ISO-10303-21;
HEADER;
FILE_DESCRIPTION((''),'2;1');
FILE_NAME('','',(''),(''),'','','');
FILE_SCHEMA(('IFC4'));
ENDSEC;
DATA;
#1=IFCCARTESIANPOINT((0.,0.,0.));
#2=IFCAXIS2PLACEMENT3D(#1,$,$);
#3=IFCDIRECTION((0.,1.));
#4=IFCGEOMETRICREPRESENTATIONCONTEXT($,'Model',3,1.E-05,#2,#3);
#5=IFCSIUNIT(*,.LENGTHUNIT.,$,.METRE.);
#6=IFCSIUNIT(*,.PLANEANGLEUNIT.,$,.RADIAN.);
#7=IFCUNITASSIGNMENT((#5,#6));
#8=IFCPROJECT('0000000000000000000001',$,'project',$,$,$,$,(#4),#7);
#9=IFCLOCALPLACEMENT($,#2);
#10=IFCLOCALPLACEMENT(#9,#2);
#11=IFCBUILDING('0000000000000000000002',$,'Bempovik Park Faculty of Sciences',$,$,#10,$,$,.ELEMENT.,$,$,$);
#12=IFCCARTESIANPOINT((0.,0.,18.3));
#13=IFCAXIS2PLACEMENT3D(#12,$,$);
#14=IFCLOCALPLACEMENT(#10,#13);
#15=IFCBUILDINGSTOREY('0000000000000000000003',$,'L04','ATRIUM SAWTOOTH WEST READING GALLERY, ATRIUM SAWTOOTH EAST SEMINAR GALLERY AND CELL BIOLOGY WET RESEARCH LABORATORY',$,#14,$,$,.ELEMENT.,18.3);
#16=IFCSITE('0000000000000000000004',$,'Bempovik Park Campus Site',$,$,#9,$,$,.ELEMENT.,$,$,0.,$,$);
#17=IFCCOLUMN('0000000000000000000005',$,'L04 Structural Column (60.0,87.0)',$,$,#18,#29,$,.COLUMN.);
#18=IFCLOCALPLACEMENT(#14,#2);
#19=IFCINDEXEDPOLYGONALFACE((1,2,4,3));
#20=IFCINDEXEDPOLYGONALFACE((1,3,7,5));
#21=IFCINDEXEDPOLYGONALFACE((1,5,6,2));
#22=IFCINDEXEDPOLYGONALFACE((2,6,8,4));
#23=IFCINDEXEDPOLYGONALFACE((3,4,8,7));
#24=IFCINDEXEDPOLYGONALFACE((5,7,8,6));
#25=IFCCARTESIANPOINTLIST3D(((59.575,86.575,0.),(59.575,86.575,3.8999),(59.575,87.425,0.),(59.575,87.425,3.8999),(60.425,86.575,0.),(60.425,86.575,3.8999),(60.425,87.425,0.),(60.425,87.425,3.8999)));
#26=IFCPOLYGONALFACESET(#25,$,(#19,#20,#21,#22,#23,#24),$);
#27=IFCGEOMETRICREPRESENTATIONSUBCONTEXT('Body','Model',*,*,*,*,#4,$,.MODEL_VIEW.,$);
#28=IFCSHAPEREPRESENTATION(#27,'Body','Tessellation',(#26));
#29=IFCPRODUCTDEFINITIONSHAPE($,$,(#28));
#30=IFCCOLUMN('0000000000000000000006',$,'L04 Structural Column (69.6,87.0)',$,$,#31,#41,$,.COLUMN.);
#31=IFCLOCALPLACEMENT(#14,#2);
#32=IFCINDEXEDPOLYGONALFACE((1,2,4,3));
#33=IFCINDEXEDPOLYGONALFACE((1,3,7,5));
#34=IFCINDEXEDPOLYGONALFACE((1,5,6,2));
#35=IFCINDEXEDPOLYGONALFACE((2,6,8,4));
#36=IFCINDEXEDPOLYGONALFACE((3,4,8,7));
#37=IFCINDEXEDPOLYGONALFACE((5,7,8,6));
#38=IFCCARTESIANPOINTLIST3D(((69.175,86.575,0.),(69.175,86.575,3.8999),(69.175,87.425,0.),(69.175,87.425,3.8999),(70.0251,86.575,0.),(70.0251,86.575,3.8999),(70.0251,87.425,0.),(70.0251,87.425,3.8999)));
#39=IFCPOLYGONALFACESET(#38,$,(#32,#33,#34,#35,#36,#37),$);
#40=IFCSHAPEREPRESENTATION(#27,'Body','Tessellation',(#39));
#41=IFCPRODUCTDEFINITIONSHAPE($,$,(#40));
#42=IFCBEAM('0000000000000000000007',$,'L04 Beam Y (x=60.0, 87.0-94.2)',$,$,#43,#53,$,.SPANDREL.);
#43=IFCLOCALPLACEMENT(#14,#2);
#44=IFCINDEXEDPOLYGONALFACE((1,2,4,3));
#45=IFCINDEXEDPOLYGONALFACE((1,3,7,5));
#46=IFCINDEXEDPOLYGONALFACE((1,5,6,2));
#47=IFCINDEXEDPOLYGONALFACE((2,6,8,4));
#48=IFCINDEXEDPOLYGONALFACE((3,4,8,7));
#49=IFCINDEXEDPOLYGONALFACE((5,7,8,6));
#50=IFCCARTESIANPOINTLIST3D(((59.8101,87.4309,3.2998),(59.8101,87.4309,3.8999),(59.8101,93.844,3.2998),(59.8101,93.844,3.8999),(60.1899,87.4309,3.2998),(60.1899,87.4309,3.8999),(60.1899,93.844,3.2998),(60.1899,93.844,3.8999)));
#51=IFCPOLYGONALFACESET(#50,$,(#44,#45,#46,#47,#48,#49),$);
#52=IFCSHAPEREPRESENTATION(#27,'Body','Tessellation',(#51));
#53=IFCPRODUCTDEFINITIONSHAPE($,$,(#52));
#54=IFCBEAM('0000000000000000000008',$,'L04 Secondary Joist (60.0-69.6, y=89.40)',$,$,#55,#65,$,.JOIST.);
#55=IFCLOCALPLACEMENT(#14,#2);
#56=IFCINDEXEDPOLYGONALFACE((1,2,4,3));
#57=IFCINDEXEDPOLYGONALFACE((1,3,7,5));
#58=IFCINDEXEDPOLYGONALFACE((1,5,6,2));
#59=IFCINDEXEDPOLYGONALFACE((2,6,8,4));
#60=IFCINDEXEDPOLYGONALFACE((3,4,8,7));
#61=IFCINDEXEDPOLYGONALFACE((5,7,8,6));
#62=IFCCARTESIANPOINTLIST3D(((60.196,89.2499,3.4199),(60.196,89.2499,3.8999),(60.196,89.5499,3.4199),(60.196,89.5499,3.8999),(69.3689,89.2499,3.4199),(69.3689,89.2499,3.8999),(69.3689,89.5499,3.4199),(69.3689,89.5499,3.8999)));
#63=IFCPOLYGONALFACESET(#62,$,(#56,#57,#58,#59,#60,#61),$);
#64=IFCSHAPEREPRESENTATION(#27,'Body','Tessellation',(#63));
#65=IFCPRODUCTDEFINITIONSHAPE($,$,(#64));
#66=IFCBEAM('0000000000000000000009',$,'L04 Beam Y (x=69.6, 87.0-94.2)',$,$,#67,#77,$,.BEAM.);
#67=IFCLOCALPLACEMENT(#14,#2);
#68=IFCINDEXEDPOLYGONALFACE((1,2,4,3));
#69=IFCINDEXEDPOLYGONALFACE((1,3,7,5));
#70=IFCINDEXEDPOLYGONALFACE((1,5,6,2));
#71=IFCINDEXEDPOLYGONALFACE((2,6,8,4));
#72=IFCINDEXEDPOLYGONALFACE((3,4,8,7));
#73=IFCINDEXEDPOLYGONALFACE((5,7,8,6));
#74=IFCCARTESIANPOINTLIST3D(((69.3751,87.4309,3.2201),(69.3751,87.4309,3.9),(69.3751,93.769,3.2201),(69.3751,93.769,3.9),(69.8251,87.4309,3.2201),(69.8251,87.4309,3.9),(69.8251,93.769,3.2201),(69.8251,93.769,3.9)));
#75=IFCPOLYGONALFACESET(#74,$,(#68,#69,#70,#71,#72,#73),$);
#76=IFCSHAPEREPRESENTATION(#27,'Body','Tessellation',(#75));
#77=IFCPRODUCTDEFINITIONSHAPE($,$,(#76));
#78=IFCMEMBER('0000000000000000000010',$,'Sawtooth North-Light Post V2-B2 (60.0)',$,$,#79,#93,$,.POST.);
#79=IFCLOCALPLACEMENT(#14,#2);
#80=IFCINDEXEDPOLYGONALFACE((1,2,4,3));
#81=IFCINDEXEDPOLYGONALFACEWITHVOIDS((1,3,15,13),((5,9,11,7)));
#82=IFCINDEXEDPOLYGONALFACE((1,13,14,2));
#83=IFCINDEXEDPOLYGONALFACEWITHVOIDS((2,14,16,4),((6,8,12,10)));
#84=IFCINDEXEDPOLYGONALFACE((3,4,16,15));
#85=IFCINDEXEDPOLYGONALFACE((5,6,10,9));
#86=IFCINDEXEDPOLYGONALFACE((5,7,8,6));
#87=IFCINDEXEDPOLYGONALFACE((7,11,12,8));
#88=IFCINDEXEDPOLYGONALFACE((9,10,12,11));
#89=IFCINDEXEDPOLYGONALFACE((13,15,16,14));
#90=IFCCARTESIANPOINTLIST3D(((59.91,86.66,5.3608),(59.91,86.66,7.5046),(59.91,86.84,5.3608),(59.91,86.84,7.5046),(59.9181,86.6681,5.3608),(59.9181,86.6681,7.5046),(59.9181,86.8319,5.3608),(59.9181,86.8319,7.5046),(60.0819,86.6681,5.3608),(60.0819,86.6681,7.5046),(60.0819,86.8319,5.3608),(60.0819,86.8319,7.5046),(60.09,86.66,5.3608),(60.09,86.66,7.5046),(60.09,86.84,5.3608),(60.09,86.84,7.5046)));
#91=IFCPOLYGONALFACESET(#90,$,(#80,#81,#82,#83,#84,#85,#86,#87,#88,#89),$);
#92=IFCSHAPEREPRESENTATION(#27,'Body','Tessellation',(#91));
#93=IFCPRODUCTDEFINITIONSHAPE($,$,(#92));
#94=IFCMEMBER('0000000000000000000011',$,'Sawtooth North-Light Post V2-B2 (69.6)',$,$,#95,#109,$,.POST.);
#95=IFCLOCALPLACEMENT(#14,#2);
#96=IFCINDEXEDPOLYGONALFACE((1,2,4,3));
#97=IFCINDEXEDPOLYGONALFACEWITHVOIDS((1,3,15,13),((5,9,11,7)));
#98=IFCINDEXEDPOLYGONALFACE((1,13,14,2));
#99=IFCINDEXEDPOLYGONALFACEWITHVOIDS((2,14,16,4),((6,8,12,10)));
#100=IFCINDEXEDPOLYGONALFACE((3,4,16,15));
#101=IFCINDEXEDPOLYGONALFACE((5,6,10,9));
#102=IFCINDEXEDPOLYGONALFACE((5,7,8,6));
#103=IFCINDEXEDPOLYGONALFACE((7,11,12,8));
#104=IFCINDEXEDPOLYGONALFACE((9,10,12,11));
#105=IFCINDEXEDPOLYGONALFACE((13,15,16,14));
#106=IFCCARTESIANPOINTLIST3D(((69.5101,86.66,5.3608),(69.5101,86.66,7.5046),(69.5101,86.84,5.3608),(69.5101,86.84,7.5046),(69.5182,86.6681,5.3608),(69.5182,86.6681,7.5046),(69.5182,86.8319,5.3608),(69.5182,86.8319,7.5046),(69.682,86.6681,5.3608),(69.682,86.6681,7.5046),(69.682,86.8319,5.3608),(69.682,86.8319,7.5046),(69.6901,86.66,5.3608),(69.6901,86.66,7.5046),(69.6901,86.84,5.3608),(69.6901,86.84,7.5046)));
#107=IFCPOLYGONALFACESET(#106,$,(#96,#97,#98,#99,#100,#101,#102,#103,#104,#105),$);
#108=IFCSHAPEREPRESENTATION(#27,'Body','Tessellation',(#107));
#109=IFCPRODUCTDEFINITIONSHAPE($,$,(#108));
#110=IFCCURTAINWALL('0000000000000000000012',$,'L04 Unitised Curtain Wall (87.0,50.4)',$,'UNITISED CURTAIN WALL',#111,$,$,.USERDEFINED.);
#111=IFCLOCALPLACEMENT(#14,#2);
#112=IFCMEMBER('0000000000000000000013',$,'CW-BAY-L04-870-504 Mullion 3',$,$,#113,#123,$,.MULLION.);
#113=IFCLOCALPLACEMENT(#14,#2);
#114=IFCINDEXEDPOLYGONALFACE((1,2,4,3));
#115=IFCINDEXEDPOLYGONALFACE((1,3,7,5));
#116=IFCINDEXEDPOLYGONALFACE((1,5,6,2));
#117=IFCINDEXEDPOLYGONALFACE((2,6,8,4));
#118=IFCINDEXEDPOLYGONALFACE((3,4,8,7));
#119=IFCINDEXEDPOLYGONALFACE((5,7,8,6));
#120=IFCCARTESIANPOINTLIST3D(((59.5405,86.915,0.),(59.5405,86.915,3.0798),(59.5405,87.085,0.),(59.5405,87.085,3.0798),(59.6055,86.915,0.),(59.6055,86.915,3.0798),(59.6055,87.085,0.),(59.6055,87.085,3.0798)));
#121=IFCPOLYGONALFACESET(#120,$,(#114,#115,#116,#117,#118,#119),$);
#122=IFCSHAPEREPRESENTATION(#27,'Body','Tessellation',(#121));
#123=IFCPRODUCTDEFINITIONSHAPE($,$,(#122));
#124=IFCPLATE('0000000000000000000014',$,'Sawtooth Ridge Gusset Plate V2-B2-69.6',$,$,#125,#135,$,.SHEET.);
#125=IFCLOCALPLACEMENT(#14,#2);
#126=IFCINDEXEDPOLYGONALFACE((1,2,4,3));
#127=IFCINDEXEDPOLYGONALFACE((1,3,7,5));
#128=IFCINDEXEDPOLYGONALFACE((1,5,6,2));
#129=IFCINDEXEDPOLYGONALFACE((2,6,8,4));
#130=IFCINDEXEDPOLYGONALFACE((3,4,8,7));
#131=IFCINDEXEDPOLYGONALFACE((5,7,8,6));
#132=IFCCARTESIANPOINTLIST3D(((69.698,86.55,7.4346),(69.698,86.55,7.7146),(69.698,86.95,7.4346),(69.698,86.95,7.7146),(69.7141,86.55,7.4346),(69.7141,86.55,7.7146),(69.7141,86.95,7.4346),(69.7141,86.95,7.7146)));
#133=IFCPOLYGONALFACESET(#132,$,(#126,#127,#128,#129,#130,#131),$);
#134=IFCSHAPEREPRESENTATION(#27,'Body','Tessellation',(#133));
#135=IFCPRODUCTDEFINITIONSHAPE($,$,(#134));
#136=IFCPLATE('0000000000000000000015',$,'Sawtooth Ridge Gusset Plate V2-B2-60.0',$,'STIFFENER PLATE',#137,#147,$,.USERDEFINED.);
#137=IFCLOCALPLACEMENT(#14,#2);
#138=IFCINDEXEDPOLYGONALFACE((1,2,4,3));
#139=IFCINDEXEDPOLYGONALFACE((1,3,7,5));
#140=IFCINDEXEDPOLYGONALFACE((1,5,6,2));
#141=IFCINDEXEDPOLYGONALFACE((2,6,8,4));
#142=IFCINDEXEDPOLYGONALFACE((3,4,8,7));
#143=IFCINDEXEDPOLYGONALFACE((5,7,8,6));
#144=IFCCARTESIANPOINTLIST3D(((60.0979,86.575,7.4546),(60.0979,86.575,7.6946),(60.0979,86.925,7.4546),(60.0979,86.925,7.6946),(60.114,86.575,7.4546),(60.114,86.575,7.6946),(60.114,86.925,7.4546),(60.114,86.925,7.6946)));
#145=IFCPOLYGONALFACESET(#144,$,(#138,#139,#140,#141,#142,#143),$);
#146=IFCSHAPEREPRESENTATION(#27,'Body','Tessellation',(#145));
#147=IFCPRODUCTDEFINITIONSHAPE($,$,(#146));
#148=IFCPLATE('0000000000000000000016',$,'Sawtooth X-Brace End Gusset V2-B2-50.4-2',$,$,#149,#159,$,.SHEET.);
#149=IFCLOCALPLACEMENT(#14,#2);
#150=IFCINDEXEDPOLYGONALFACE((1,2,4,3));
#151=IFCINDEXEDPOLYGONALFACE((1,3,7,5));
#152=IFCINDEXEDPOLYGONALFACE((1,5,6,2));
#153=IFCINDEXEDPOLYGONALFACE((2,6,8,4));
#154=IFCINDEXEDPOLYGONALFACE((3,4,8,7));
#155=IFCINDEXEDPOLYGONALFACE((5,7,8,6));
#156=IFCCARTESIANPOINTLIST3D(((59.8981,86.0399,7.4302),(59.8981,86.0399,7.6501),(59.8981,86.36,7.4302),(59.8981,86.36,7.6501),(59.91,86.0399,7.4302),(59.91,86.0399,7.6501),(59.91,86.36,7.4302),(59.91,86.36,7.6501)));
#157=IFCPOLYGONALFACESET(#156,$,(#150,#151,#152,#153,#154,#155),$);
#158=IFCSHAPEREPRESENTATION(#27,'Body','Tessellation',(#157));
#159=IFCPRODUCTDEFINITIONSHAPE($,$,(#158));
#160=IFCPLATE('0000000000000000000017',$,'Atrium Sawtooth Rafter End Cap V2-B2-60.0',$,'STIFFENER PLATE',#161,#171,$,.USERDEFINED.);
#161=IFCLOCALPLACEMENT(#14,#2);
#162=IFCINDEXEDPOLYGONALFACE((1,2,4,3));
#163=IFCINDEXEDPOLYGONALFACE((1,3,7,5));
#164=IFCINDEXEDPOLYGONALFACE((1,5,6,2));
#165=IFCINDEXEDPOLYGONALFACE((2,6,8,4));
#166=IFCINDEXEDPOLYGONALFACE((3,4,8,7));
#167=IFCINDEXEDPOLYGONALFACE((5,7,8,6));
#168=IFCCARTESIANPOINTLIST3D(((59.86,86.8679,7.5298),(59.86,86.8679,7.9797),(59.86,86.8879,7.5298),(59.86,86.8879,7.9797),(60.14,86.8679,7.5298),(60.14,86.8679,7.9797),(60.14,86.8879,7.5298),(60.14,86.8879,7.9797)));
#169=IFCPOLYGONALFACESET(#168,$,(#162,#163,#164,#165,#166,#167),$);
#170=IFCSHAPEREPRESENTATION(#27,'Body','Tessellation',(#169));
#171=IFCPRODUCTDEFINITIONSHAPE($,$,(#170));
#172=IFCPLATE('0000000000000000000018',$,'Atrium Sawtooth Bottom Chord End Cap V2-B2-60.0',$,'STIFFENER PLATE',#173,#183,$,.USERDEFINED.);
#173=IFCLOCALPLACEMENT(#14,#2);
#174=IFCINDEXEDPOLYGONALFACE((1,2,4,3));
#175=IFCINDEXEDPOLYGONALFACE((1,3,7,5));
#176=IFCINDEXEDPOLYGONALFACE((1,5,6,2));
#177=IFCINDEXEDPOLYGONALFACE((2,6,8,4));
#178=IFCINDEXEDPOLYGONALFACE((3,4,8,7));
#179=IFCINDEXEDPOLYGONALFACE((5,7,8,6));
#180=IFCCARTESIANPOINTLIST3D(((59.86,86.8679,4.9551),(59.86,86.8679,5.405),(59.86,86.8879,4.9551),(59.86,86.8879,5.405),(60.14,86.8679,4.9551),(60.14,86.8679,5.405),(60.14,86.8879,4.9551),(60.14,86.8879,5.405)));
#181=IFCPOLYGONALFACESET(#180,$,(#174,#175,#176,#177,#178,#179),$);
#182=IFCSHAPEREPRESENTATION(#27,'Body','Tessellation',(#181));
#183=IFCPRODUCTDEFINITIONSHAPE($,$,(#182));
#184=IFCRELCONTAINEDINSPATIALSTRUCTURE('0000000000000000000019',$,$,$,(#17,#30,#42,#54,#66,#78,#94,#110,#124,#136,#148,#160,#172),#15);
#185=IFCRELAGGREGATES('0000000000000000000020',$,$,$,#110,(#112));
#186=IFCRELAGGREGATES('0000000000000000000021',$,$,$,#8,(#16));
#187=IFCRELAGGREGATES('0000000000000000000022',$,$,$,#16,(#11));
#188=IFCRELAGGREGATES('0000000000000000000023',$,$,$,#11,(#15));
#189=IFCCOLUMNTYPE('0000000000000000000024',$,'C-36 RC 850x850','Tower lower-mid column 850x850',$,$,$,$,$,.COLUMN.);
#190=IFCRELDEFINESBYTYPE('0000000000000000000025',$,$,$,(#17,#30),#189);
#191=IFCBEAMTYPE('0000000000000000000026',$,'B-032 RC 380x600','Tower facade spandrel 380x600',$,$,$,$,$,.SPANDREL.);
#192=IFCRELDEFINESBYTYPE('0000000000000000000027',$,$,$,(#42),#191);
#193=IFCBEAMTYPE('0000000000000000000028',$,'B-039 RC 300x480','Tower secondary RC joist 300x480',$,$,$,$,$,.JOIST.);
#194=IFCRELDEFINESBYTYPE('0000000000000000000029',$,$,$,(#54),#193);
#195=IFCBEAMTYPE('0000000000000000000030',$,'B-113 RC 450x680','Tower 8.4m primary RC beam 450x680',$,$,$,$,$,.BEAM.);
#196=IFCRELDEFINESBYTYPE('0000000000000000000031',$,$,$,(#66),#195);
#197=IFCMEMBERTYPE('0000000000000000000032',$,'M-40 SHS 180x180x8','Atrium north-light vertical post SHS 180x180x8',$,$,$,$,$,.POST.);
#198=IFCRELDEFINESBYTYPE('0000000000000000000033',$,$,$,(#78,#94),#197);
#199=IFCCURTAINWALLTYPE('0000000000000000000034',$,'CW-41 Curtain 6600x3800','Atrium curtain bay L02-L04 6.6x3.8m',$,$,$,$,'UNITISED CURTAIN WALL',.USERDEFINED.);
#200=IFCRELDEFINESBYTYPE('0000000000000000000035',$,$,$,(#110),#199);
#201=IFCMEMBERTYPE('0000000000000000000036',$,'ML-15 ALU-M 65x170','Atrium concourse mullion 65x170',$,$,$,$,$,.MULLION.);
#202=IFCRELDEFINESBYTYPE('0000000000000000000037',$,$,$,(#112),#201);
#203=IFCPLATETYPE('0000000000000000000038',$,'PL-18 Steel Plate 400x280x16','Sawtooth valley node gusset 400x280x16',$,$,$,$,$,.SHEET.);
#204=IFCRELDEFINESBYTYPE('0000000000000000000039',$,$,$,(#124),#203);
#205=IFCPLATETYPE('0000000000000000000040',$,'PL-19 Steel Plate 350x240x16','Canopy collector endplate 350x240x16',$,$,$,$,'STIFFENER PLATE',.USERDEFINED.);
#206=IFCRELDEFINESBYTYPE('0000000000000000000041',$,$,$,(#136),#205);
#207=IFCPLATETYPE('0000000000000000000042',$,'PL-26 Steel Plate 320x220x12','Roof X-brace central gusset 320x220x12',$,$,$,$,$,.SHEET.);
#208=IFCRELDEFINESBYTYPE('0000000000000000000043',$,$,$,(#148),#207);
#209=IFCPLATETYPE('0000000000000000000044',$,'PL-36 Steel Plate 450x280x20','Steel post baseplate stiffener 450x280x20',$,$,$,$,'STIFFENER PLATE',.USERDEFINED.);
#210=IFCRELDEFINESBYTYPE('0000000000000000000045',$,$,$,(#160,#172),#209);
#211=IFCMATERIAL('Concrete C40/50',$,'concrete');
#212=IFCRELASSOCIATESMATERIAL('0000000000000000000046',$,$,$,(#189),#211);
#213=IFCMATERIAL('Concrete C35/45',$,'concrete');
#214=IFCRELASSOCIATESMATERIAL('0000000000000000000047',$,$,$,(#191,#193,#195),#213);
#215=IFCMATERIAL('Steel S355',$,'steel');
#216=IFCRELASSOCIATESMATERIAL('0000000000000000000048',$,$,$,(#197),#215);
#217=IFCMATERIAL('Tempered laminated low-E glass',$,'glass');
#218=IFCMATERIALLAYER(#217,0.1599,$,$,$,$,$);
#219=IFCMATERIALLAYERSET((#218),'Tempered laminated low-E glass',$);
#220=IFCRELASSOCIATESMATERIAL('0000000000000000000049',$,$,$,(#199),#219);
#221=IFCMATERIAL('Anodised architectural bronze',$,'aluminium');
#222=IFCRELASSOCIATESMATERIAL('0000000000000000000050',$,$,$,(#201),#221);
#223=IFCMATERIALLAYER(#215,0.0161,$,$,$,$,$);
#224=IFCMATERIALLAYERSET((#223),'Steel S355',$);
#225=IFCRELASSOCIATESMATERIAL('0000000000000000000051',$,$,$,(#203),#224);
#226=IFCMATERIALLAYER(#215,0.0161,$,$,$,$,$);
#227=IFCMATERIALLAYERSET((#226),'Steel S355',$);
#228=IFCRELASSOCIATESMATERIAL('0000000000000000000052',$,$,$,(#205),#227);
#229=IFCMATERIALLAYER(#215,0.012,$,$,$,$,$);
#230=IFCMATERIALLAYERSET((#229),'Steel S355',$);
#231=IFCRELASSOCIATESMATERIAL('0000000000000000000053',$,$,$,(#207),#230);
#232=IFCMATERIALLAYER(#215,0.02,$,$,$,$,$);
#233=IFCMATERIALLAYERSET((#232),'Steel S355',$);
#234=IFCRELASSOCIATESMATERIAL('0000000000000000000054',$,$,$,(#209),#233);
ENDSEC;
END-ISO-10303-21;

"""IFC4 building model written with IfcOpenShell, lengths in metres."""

from ifc_helpers import new_model, si_unit, direction, frame, origin, origin_2d, place, context, subcontext, project, spatial, rectangle, hollow_rectangle, extrude, material, layer, layer_set, material_profile, profile_set, type_object, element, aggregate, save


model = new_model("IFC4")

# Units and contexts
model_context = context("Model", 3, precision=1e-05, world=origin(), true_north=direction((0.0, 1.0)))
body_context = subcontext(model_context, "Body", "Model", "MODEL_VIEW")
ifc_project = project(units=[si_unit("LENGTHUNIT", "METRE"), si_unit("PLANEANGLEUNIT", "RADIAN")], contexts=[model_context])

# Site, building, storey
site_placement = place(None, origin())
site = spatial("IfcSite", under=ifc_project, at=site_placement, Name="Bempovik Park Campus Site", CompositionType="ELEMENT", RefElevation=0.0)
building_placement = place(site_placement, origin())
building = spatial("IfcBuilding", under=site, at=building_placement, Name="Bempovik Park Faculty of Sciences", CompositionType="ELEMENT")
storey_placement = place(building_placement, frame((0.0, 0.0, 18.3)))
storey = spatial("IfcBuildingStorey", under=building, at=storey_placement, Name="L04", Description="ATRIUM SAWTOOTH WEST READING GALLERY, ATRIUM SAWTOOTH EAST SEMINAR GALLERY AND CELL BIOLOGY WET RESEARCH LABORATORY", CompositionType="ELEMENT", Elevation=18.3)

# Columns
ifc_material_1 = material(Name="Concrete C40/50", Category="concrete")
ifc_material_profile_1 = material_profile(ifc_material_1, rectangle(XDim=0.8501, YDim=0.8501, at=origin_2d()), Name="RC 850x850")
ifc_profile_set_1 = profile_set([ifc_material_profile_1], Name="Concrete C40/50")
column_type = type_object("IfcColumnType", Name="C-36 RC 850x850", Description="Tower lower-mid column 850x850", PredefinedType="COLUMN", material=ifc_profile_set_1)
for number, where, z_axis, x_axis, name in (
    (1, (60.0, 87.0, 0.0), (0.0, 0.0, 1.0), (1.0, 0.0, 0.0), "L04 Structural Column (60.0,87.0)"),
    (2, (69.6001, 87.0, 0.0), (0.0, 0.0, 1.0), (1.0, 0.0, 0.0), "L04 Structural Column (69.6,87.0)"),
):
    element("IfcColumn", number, at=place(storey_placement, frame(where, z_axis=z_axis, x_axis=x_axis)), inside=storey, type_object=column_type, Name=name, PredefinedType="COLUMN", context=body_context, shape_type="SweptSolid", body=[
        extrude(rectangle(XDim=0.8501, YDim=0.8501, at=origin_2d()), origin(), (0.0, 0.0, 1.0), 3.8999),
    ])

# Beams
ifc_material_2 = material(Name="Concrete C35/45", Category="concrete")
ifc_material_profile_2 = material_profile(ifc_material_2, rectangle(XDim=0.3799, YDim=0.6001, at=origin_2d()), Name="RC 380x600")
ifc_profile_set_2 = profile_set([ifc_material_profile_2], Name="Concrete C35/45")
beam_type_1 = type_object("IfcBeamType", Name="B-032 RC 380x600", Description="Tower facade spandrel 380x600", PredefinedType="SPANDREL", material=ifc_profile_set_2)
beam_1_placement = place(storey_placement, frame((60.0, 87.4309, 3.5999), z_axis=(0.0, 1.0, 0.0), x_axis=(-1.0, 0.0, 0.0)))
element("IfcBeam", 3, at=beam_1_placement, inside=storey, type_object=beam_type_1, Name="L04 Beam Y (x=60.0, 87.0-94.2)", PredefinedType="SPANDREL", context=body_context, shape_type="SweptSolid", body=[
    extrude(rectangle(XDim=0.3799, YDim=0.6001, at=origin_2d()), origin(), (0.0, 0.0, 1.0), 6.4131),
])
ifc_material_profile_3 = material_profile(ifc_material_2, rectangle(XDim=0.3, YDim=0.48, at=origin_2d()), Name="RC 300x480")
ifc_profile_set_3 = profile_set([ifc_material_profile_3], Name="Concrete C35/45")
beam_type_2 = type_object("IfcBeamType", Name="B-039 RC 300x480", Description="Tower secondary RC joist 300x480", PredefinedType="JOIST", material=ifc_profile_set_3)
beam_2_placement = place(storey_placement, frame((60.196, 89.3999, 3.6599), z_axis=(1.0, 0.0, 0.0), x_axis=(0.0, 1.0, 0.0)))
element("IfcBeam", 4, at=beam_2_placement, inside=storey, type_object=beam_type_2, Name="L04 Secondary Joist (60.0-69.6, y=89.40)", PredefinedType="JOIST", context=body_context, shape_type="SweptSolid", body=[
    extrude(rectangle(XDim=0.3, YDim=0.48, at=origin_2d()), origin(), (0.0, 0.0, 1.0), 9.1729),
])
ifc_material_profile_4 = material_profile(ifc_material_2, rectangle(XDim=0.45, YDim=0.6799, at=origin_2d()), Name="RC 450x680")
ifc_profile_set_4 = profile_set([ifc_material_profile_4], Name="Concrete C35/45")
beam_type_3 = type_object("IfcBeamType", Name="B-113 RC 450x680", Description="Tower 8.4m primary RC beam 450x680", PredefinedType="BEAM", material=ifc_profile_set_4)
beam_3_placement = place(storey_placement, frame((69.6001, 87.4309, 3.5601), z_axis=(0.0, 1.0, 0.0), x_axis=(-1.0, 0.0, 0.0)))
element("IfcBeam", 5, at=beam_3_placement, inside=storey, type_object=beam_type_3, Name="L04 Beam Y (x=69.6, 87.0-94.2)", PredefinedType="BEAM", context=body_context, shape_type="SweptSolid", body=[
    extrude(rectangle(XDim=0.45, YDim=0.6799, at=origin_2d()), origin(), (0.0, 0.0, 1.0), 6.3381),
])

# Members
ifc_material_3 = material(Name="Steel S355", Category="steel")
ifc_material_profile_5 = material_profile(ifc_material_3, hollow_rectangle(XDim=0.1799, YDim=0.1799, WallThickness=0.0081, at=origin_2d()), Name="SHS 180x180x8")
ifc_profile_set_5 = profile_set([ifc_material_profile_5], Name="Steel S355")
member_type_1 = type_object("IfcMemberType", Name="M-40 SHS 180x180x8", Description="Atrium north-light vertical post SHS 180x180x8", PredefinedType="POST", material=ifc_profile_set_5)
for number, where, z_axis, x_axis, name in (
    (6, (60.0, 86.75, 5.3608), (0.0, 0.0, 1.0), (1.0, 0.0, 0.0), "Sawtooth North-Light Post V2-B2 (60.0)"),
    (7, (69.6001, 86.75, 5.3608), (0.0, 0.0, 1.0), (1.0, 0.0, 0.0), "Sawtooth North-Light Post V2-B2 (69.6)"),
):
    element("IfcMember", number, at=place(storey_placement, frame(where, z_axis=z_axis, x_axis=x_axis)), inside=storey, type_object=member_type_1, Name=name, PredefinedType="POST", context=body_context, shape_type="SweptSolid", body=[
        extrude(hollow_rectangle(XDim=0.1799, YDim=0.1799, WallThickness=0.0081, at=origin_2d()), origin(), (0.0, 0.0, 1.0), 2.1438),
    ])

# Curtain wall, member
ifc_material_4 = material(Name="Tempered laminated low-E glass", Category="glass")
ifc_layer_1 = layer(ifc_material_4, 0.1599)
ifc_layer_set_1 = layer_set([ifc_layer_1], Name="Tempered laminated low-E glass")
curtain_wall_type = type_object("IfcCurtainWallType", Name="CW-41 Curtain 6600x3800", Description="Atrium curtain bay L02-L04 6.6x3.8m", ElementType="UNITISED CURTAIN WALL", PredefinedType="USERDEFINED", material=ifc_layer_set_1)
curtain_wall_placement = place(storey_placement, origin())
curtain_wall = element("IfcCurtainWall", 8, at=curtain_wall_placement, inside=storey, type_object=curtain_wall_type, Name="L04 Unitised Curtain Wall (87.0,50.4)", ObjectType="UNITISED CURTAIN WALL", PredefinedType="USERDEFINED")
ifc_material_5 = material(Name="Anodised architectural bronze", Category="aluminium")
ifc_material_profile_6 = material_profile(ifc_material_5, rectangle(XDim=0.0649, YDim=0.1699, at=origin_2d()), Name="ALU-M 65x170")
ifc_profile_set_6 = profile_set([ifc_material_profile_6], Name="Anodised architectural bronze")
member_type_2 = type_object("IfcMemberType", Name="ML-15 ALU-M 65x170", Description="Atrium concourse mullion 65x170", PredefinedType="MULLION", material=ifc_profile_set_6)
member_placement = place(storey_placement, frame((59.573, 87.0, 0.0), z_axis=(0.0, 0.0, 1.0), x_axis=(1.0, 0.0, 0.0)))
member = element("IfcMember", 9, at=member_placement, type_object=member_type_2, Name="CW-BAY-L04-870-504 Mullion 3", PredefinedType="MULLION", context=body_context, shape_type="SweptSolid", body=[
    extrude(rectangle(XDim=0.0649, YDim=0.1699, at=origin_2d()), origin(), (0.0, 0.0, 1.0), 3.0798),
])
aggregate(curtain_wall, [member])

# Plates
ifc_layer_2 = layer(ifc_material_3, 0.0161)
ifc_layer_set_2 = layer_set([ifc_layer_2], Name="Steel S355")
plate_type_1 = type_object("IfcPlateType", Name="PL-18 Steel Plate 400x280x16", Description="Sawtooth valley node gusset 400x280x16", PredefinedType="SHEET", material=ifc_layer_set_2)
plate_1_placement = place(storey_placement, frame((69.7061, 86.75, 7.4346), z_axis=(0.0, 0.0, 1.0), x_axis=(1.0, 0.0, 0.0)))
element("IfcPlate", 10, at=plate_1_placement, inside=storey, type_object=plate_type_1, Name="Sawtooth Ridge Gusset Plate V2-B2-69.6", PredefinedType="SHEET", context=body_context, shape_type="SweptSolid", body=[
    extrude(rectangle(XDim=0.0161, YDim=0.3999, at=origin_2d()), origin(), (0.0, 0.0, 1.0), 0.28),
])
ifc_layer_3 = layer(ifc_material_3, 0.0161)
ifc_layer_set_3 = layer_set([ifc_layer_3], Name="Steel S355")
plate_type_2 = type_object("IfcPlateType", Name="PL-19 Steel Plate 350x240x16", Description="Canopy collector endplate 350x240x16", ElementType="STIFFENER PLATE", PredefinedType="USERDEFINED", material=ifc_layer_set_3)
plate_2_placement = place(storey_placement, frame((60.106, 86.75, 7.4546), z_axis=(0.0, 0.0, 1.0), x_axis=(1.0, 0.0, 0.0)))
element("IfcPlate", 11, at=plate_2_placement, inside=storey, type_object=plate_type_2, Name="Sawtooth Ridge Gusset Plate V2-B2-60.0", ObjectType="STIFFENER PLATE", PredefinedType="USERDEFINED", context=body_context, shape_type="SweptSolid", body=[
    extrude(rectangle(XDim=0.0161, YDim=0.3501, at=origin_2d()), origin(), (0.0, 0.0, 1.0), 0.24),
])
ifc_layer_4 = layer(ifc_material_3, 0.012)
ifc_layer_set_4 = layer_set([ifc_layer_4], Name="Steel S355")
plate_type_3 = type_object("IfcPlateType", Name="PL-26 Steel Plate 320x220x12", Description="Roof X-brace central gusset 320x220x12", PredefinedType="SHEET", material=ifc_layer_set_4)
plate_3_placement = place(storey_placement, frame((59.9041, 86.2, 7.4302), z_axis=(0.0, 0.0, 1.0), x_axis=(1.0, 0.0, 0.0)))
element("IfcPlate", 12, at=plate_3_placement, inside=storey, type_object=plate_type_3, Name="Sawtooth X-Brace End Gusset V2-B2-50.4-2", PredefinedType="SHEET", context=body_context, shape_type="SweptSolid", body=[
    extrude(rectangle(XDim=0.012, YDim=0.3201, at=origin_2d()), origin(), (0.0, 0.0, 1.0), 0.22),
])
ifc_layer_5 = layer(ifc_material_3, 0.02)
ifc_layer_set_5 = layer_set([ifc_layer_5], Name="Steel S355")
plate_type_4 = type_object("IfcPlateType", Name="PL-36 Steel Plate 450x280x20", Description="Steel post baseplate stiffener 450x280x20", ElementType="STIFFENER PLATE", PredefinedType="USERDEFINED", material=ifc_layer_set_5)
for number, where, z_axis, x_axis, name in (
    (13, (60.0, 86.8779, 7.5298), (0.0, 0.0, 1.0), (1.0, 0.0, 0.0), "Atrium Sawtooth Rafter End Cap V2-B2-60.0"),
    (14, (60.0, 86.8779, 4.9551), (0.0, 0.0, 1.0), (1.0, 0.0, 0.0), "Atrium Sawtooth Bottom Chord End Cap V2-B2-60.0"),
):
    element("IfcPlate", number, at=place(storey_placement, frame(where, z_axis=z_axis, x_axis=x_axis)), inside=storey, type_object=plate_type_4, Name=name, ObjectType="STIFFENER PLATE", PredefinedType="USERDEFINED", context=body_context, shape_type="SweptSolid", body=[
        extrude(rectangle(XDim=0.28, YDim=0.02, at=origin_2d()), origin(), (0.0, 0.0, 1.0), 0.45),
    ])

save(model, "model.ifc")
